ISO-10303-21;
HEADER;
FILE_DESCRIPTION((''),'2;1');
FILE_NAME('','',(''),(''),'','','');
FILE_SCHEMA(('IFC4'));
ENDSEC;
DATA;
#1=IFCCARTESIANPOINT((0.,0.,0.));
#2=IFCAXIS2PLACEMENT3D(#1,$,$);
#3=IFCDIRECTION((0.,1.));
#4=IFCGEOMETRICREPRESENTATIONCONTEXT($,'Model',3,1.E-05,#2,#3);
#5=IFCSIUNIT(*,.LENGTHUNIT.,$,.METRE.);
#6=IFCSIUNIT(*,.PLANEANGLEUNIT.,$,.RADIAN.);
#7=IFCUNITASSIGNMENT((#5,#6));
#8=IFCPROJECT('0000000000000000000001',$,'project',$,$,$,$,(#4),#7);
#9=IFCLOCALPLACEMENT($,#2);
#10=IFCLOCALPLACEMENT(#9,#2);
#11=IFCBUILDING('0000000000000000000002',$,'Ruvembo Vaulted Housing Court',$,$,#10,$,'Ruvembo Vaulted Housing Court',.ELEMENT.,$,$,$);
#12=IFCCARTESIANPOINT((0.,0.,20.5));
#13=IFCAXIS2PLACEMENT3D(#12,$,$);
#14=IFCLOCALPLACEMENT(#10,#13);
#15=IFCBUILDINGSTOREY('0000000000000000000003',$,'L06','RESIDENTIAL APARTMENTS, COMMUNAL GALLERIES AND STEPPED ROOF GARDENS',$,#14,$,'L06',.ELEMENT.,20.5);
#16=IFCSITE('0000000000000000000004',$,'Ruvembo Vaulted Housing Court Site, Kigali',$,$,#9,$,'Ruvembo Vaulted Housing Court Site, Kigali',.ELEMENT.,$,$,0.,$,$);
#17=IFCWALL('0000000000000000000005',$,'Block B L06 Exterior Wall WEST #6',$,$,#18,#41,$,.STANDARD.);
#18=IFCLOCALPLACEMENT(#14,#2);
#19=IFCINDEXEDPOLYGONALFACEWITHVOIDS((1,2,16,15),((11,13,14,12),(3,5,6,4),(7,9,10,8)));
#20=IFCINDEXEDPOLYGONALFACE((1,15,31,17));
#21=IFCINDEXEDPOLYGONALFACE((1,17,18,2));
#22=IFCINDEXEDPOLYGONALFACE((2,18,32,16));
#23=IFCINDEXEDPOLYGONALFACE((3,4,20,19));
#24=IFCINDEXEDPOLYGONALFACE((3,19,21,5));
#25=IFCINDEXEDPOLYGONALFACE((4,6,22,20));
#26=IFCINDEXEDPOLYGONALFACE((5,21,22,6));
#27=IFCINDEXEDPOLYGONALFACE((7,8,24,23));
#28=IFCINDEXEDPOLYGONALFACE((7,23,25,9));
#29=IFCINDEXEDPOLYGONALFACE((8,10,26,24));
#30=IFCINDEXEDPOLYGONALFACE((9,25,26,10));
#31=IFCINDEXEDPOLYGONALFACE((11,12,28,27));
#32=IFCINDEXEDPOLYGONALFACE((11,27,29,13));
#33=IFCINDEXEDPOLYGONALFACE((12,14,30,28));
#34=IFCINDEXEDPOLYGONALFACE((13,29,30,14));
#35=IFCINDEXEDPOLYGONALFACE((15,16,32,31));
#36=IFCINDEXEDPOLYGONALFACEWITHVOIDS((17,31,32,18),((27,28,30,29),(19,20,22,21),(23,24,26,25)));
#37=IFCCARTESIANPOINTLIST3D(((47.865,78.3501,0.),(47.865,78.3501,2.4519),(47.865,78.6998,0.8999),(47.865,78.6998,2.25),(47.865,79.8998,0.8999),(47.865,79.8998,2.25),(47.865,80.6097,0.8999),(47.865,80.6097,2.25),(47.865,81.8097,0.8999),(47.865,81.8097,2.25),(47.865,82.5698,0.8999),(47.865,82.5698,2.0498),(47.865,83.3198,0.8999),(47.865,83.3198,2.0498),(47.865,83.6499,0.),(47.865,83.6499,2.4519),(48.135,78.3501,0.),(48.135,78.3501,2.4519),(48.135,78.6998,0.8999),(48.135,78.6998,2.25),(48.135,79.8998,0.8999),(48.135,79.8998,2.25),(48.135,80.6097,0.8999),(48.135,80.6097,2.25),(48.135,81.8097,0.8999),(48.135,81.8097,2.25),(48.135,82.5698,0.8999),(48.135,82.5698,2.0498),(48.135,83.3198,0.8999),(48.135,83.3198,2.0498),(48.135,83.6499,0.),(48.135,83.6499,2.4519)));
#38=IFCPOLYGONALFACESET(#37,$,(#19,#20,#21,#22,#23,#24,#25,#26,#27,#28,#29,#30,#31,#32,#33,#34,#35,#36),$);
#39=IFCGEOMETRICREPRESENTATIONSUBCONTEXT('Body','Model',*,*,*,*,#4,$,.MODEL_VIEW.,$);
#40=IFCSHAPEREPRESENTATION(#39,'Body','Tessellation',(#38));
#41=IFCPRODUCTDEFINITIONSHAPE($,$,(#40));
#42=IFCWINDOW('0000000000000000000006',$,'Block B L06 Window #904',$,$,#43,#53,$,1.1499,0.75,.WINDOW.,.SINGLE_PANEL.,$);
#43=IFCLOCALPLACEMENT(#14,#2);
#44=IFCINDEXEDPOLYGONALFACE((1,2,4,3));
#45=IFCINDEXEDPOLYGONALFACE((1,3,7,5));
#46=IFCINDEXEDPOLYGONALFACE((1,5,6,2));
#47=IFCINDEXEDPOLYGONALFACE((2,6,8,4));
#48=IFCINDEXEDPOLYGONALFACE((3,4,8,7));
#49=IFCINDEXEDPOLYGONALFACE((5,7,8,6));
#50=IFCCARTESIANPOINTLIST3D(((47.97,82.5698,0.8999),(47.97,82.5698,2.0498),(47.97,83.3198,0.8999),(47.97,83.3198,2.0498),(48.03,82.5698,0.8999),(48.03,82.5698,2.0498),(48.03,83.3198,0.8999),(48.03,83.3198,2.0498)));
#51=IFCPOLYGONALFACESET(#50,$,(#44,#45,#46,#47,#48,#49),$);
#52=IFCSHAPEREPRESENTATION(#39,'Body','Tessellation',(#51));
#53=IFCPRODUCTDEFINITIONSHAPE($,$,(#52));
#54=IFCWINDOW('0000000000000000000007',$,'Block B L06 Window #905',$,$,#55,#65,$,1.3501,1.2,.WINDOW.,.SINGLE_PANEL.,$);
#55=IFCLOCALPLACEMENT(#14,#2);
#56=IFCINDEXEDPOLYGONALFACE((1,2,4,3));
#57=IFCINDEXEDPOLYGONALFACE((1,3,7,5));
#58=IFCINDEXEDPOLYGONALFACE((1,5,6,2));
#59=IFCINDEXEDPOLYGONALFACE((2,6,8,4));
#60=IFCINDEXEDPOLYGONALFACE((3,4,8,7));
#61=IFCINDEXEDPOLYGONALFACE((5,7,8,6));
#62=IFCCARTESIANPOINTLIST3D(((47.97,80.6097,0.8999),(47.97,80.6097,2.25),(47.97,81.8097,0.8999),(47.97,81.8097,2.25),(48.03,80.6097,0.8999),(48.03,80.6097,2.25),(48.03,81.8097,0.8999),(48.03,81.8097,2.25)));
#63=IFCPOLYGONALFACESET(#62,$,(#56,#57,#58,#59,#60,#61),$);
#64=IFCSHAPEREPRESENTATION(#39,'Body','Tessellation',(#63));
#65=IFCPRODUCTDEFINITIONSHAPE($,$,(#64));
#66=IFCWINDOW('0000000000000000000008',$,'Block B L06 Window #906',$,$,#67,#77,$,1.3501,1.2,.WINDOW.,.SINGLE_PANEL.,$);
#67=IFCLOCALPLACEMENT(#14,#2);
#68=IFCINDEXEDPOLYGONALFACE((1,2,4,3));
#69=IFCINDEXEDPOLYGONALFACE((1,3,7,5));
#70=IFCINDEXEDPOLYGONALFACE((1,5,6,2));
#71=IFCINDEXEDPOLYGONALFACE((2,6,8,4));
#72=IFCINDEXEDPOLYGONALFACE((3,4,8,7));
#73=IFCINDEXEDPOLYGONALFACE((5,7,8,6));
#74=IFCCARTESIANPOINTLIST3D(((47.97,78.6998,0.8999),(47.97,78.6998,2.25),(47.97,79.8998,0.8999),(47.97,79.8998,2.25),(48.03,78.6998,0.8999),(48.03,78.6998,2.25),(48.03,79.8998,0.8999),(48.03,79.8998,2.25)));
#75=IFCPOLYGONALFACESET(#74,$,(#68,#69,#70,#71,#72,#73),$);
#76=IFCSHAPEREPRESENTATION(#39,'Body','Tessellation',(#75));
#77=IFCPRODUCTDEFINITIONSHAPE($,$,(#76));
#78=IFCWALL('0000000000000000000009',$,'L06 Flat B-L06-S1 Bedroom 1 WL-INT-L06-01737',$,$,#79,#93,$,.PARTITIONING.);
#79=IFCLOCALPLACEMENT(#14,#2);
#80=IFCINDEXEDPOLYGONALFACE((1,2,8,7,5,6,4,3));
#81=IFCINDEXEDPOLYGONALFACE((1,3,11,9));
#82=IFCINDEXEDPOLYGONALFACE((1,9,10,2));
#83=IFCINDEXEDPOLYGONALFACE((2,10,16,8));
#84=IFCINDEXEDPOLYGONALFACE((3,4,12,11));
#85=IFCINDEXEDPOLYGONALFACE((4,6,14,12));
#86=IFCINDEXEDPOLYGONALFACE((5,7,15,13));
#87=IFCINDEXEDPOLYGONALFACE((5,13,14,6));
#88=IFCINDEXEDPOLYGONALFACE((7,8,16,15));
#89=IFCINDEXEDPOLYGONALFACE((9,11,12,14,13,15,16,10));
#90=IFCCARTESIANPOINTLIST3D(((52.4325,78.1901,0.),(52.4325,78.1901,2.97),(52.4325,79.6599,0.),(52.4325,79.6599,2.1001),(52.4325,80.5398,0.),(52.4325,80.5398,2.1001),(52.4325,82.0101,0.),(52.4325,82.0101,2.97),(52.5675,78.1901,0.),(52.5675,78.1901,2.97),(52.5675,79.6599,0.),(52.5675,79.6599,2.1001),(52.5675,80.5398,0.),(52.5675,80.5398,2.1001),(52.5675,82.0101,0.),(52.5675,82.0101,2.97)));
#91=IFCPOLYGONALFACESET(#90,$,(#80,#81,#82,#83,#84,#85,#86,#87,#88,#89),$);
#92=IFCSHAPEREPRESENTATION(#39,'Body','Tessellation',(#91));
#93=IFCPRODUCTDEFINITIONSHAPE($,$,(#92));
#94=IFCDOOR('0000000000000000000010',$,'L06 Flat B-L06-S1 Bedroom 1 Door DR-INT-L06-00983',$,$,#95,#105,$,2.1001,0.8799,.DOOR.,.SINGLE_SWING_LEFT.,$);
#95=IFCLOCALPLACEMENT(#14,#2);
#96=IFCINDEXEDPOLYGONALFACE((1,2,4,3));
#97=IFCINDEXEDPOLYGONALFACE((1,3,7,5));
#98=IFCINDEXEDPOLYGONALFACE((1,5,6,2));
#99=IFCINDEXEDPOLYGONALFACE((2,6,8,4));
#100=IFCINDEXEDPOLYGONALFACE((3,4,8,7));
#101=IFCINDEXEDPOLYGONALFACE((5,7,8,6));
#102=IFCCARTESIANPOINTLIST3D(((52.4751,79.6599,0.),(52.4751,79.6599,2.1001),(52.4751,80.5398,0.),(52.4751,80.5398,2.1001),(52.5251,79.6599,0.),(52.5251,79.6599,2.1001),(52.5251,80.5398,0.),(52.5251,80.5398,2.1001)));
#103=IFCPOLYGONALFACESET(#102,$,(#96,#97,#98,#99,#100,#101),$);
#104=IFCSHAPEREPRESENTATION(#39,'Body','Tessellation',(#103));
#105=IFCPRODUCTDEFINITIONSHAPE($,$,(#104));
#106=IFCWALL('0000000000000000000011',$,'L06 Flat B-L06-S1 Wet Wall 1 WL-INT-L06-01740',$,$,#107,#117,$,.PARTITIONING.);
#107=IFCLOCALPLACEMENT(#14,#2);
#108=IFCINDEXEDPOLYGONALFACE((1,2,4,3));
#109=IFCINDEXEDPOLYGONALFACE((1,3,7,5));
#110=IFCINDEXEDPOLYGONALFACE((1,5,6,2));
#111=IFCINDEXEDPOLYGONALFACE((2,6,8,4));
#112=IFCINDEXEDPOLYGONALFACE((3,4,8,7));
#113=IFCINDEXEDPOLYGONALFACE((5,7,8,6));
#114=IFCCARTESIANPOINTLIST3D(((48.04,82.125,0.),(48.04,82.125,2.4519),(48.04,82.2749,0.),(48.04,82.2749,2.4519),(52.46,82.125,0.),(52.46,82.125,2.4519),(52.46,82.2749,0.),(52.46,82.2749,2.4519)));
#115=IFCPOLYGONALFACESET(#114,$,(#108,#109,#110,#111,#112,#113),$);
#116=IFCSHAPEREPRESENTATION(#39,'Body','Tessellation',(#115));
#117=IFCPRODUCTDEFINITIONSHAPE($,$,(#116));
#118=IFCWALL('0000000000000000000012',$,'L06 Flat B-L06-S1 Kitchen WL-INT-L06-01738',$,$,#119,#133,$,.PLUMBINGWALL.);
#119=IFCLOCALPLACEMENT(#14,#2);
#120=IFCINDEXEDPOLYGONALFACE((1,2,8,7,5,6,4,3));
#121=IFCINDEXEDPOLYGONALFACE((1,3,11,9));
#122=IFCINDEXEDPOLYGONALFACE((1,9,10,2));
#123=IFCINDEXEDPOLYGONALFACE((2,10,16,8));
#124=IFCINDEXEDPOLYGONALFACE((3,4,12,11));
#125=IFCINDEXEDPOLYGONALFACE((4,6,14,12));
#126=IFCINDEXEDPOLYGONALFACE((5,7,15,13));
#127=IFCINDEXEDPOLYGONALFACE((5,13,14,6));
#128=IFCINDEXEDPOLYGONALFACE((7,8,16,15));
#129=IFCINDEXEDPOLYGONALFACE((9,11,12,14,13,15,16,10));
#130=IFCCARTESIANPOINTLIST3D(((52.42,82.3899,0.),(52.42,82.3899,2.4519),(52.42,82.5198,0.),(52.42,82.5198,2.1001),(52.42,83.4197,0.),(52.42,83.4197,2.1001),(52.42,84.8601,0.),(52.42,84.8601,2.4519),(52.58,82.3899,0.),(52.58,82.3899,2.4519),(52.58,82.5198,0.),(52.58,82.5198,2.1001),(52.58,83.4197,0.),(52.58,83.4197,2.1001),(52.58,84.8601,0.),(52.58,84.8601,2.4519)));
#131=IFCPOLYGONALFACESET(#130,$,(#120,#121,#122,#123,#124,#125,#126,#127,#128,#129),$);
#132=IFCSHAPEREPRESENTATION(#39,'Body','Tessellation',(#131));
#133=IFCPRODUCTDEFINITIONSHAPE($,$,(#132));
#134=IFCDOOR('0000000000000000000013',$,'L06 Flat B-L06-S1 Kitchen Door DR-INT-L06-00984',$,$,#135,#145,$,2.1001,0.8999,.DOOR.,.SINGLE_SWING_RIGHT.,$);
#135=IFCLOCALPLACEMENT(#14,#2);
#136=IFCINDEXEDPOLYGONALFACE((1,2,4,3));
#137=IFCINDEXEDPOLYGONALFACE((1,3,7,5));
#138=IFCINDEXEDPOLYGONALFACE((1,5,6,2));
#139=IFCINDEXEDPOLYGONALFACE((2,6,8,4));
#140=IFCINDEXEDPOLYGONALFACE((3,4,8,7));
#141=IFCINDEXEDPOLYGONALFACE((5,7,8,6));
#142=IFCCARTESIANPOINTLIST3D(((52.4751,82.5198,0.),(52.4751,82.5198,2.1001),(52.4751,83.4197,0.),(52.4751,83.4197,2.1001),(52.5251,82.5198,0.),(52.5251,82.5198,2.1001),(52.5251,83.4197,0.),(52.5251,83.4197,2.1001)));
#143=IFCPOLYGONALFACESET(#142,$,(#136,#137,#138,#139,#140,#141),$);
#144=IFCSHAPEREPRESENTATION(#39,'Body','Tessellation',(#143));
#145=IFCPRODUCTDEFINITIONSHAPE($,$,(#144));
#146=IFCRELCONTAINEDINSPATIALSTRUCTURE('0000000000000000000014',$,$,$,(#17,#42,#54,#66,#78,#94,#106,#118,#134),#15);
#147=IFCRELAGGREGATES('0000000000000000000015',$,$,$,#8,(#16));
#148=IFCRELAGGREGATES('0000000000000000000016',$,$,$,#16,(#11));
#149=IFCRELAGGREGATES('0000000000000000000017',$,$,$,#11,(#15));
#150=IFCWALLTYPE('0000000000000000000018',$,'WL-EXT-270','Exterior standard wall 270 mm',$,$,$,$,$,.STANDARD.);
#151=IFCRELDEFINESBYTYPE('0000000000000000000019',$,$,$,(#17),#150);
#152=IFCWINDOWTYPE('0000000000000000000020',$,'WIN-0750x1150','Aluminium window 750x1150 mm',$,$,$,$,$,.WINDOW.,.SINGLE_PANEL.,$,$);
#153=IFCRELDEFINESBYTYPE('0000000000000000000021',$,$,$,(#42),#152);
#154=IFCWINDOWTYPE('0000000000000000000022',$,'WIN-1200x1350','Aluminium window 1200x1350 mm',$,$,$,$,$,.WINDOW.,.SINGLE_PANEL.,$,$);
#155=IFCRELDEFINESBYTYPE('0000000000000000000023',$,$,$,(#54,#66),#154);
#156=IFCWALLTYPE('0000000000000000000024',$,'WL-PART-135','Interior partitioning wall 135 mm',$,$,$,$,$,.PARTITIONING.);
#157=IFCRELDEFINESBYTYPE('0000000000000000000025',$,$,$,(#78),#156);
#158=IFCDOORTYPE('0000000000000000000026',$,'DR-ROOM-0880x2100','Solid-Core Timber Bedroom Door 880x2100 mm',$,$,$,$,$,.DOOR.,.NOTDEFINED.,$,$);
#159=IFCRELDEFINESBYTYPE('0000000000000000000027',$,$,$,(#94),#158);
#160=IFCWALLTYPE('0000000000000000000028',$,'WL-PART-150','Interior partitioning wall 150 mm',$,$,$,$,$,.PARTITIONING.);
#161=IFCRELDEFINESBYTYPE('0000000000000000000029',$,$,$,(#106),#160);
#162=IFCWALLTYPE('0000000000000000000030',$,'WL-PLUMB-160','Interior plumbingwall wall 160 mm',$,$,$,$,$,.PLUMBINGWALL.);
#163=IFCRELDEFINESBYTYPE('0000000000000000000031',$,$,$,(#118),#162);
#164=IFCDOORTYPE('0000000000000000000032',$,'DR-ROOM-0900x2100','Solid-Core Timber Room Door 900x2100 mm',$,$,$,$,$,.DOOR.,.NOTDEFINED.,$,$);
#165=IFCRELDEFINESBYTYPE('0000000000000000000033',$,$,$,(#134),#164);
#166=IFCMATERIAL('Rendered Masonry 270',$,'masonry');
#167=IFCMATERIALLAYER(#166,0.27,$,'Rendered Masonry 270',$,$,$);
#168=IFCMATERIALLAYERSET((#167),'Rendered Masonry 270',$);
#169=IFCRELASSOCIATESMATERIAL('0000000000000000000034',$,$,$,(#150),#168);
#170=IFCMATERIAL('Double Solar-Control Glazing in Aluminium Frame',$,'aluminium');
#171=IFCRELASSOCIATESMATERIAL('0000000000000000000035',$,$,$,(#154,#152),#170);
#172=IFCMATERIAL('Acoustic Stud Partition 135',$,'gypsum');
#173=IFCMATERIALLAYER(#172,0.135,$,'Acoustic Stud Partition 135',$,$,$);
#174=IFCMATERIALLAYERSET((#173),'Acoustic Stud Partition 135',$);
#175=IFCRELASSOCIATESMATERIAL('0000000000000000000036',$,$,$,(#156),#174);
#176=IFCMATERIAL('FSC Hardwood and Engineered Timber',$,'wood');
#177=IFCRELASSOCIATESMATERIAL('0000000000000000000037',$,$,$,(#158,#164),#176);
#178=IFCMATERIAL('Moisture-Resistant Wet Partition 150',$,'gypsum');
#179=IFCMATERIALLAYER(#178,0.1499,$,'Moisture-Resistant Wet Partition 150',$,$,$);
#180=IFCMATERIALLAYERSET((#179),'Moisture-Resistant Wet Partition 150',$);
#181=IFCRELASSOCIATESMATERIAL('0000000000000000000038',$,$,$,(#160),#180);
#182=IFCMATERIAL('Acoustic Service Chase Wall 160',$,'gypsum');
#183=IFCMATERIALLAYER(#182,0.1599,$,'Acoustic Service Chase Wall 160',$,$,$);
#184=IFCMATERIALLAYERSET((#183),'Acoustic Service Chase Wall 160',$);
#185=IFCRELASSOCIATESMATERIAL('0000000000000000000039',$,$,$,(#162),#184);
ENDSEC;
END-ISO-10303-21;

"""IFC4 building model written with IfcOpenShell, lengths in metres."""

from ifc_helpers import new_model, si_unit, direction, frame, frame_2d, origin, place, context, subcontext, project, spatial, rectangle, extrude, material, layer, layer_set, type_object, element, fill, save


model = new_model("IFC4")

# Units and contexts
model_context = context("Model", 3, precision=1e-05, world=origin(), true_north=direction((0.0, 1.0)))
body_context = subcontext(model_context, "Body", "Model", "MODEL_VIEW")
ifc_project = project(units=[si_unit("LENGTHUNIT", "METRE"), si_unit("PLANEANGLEUNIT", "RADIAN")], contexts=[model_context])

# Site, building, storey
site_placement = place(None, origin())
site = spatial("IfcSite", under=ifc_project, at=site_placement, Name="Ruvembo Vaulted Housing Court Site, Kigali", LongName="Ruvembo Vaulted Housing Court Site, Kigali", CompositionType="ELEMENT", RefElevation=0.0)
building_placement = place(site_placement, origin())
building = spatial("IfcBuilding", under=site, at=building_placement, Name="Ruvembo Vaulted Housing Court", LongName="Ruvembo Vaulted Housing Court", CompositionType="ELEMENT")
storey_placement = place(building_placement, frame((0.0, 0.0, 20.5)))
storey = spatial("IfcBuildingStorey", under=building, at=storey_placement, Name="L06", Description="RESIDENTIAL APARTMENTS, COMMUNAL GALLERIES AND STEPPED ROOF GARDENS", LongName="L06", CompositionType="ELEMENT", Elevation=20.5)

# Wall, openings, windows
ifc_material_1 = material(Name="Rendered Masonry 270", Category="masonry")
ifc_layer_1 = layer(ifc_material_1, 0.27, Name="Rendered Masonry 270")
ifc_layer_set_1 = layer_set([ifc_layer_1], Name="Rendered Masonry 270")
wall_type_1 = type_object("IfcWallType", Name="WL-EXT-270", Description="Exterior standard wall 270 mm", PredefinedType="STANDARD", material=ifc_layer_set_1)
ifc_material_2 = material(Name="Double Solar-Control Glazing in Aluminium Frame", Category="aluminium")
window_type_1 = type_object("IfcWindowType", Name="WIN-1200x1350", Description="Aluminium window 1200x1350 mm", PartitioningType="SINGLE_PANEL", PredefinedType="WINDOW", material=ifc_material_2)
wall_1_placement = place(storey_placement, frame((48.0, 83.6499, 0.0), z_axis=(0.0, 0.0, 1.0), x_axis=(0.0, -1.0, 0.0)))
wall_1 = element("IfcWall", 1, at=wall_1_placement, inside=storey, type_object=wall_type_1, Name="Block B L06 Exterior Wall WEST #6", PredefinedType="STANDARD", context=body_context, shape_type="SweptSolid", body=[
    extrude(rectangle(XDim=5.2998, YDim=0.27, at=frame_2d((2.6499, 0.0))), origin(), (0.0, 0.0, 1.0), 2.4519),
])
opening_1_placement = place(wall_1_placement, frame((0.3301, 0.0, 0.8999)))
opening_1 = element("IfcOpeningElement", 2, at=opening_1_placement, cuts=wall_1, PredefinedType="OPENING", context=body_context, shape_type="SweptSolid", body=[
    extrude(rectangle(XDim=0.75, YDim=1.1499, at=frame_2d((0.375, 0.575))), frame((0.0, 0.145, 0.0), z_axis=(0.0, -1.0, 0.0), x_axis=(1.0, 0.0, 0.0)), (0.0, 0.0, 1.0), 0.29),
])
opening_2_placement = place(wall_1_placement, frame((1.8401, 0.0, 0.8999)))
opening_2 = element("IfcOpeningElement", 3, at=opening_2_placement, cuts=wall_1, PredefinedType="OPENING", context=body_context, shape_type="SweptSolid", body=[
    extrude(rectangle(XDim=1.2, YDim=1.3501, at=frame_2d((0.6001, 0.675))), frame((0.0, 0.145, 0.0), z_axis=(0.0, -1.0, 0.0), x_axis=(1.0, 0.0, 0.0)), (0.0, 0.0, 1.0), 0.29),
])
opening_3_placement = place(wall_1_placement, frame((3.75, 0.0, 0.8999)))
opening_3 = element("IfcOpeningElement", 4, at=opening_3_placement, cuts=wall_1, PredefinedType="OPENING", context=body_context, shape_type="SweptSolid", body=[
    extrude(rectangle(XDim=1.2, YDim=1.3501, at=frame_2d((0.6001, 0.675))), frame((0.0, 0.145, 0.0), z_axis=(0.0, -1.0, 0.0), x_axis=(1.0, 0.0, 0.0)), (0.0, 0.0, 1.0), 0.29),
])
window_type_2 = type_object("IfcWindowType", Name="WIN-0750x1150", Description="Aluminium window 750x1150 mm", PartitioningType="SINGLE_PANEL", PredefinedType="WINDOW", material=ifc_material_2)
window_1_placement = place(opening_1_placement, origin())
window_1 = element("IfcWindow", 5, at=window_1_placement, inside=storey, type_object=window_type_2, Name="Block B L06 Window #904", OverallHeight=1.1499, OverallWidth=0.75, PartitioningType="SINGLE_PANEL", PredefinedType="WINDOW", context=body_context, shape_type="SweptSolid", body=[
    extrude(rectangle(XDim=0.75, YDim=1.1499, at=frame_2d((0.375, 0.575))), frame((0.0, 0.03, 0.0), z_axis=(0.0, -1.0, 0.0), x_axis=(1.0, 0.0, 0.0)), (0.0, 0.0, 1.0), 0.0601),
])
fill(opening_1, window_1)
window_2_placement = place(opening_2_placement, origin())
window_2 = element("IfcWindow", 6, at=window_2_placement, inside=storey, type_object=window_type_1, Name="Block B L06 Window #905", OverallHeight=1.3501, OverallWidth=1.2, PartitioningType="SINGLE_PANEL", PredefinedType="WINDOW", context=body_context, shape_type="SweptSolid", body=[
    extrude(rectangle(XDim=1.2, YDim=1.3501, at=frame_2d((0.6001, 0.675))), frame((0.0, 0.03, 0.0), z_axis=(0.0, -1.0, 0.0), x_axis=(1.0, 0.0, 0.0)), (0.0, 0.0, 1.0), 0.0601),
])
fill(opening_2, window_2)
window_3_placement = place(opening_3_placement, origin())
window_3 = element("IfcWindow", 7, at=window_3_placement, inside=storey, type_object=window_type_1, Name="Block B L06 Window #906", OverallHeight=1.3501, OverallWidth=1.2, PartitioningType="SINGLE_PANEL", PredefinedType="WINDOW", context=body_context, shape_type="SweptSolid", body=[
    extrude(rectangle(XDim=1.2, YDim=1.3501, at=frame_2d((0.6001, 0.675))), frame((0.0, 0.03, 0.0), z_axis=(0.0, -1.0, 0.0), x_axis=(1.0, 0.0, 0.0)), (0.0, 0.0, 1.0), 0.0601),
])
fill(opening_3, window_3)

# Wall, opening, door
ifc_material_3 = material(Name="Acoustic Stud Partition 135", Category="gypsum")
ifc_layer_2 = layer(ifc_material_3, 0.135, Name="Acoustic Stud Partition 135")
ifc_layer_set_2 = layer_set([ifc_layer_2], Name="Acoustic Stud Partition 135")
wall_type_2 = type_object("IfcWallType", Name="WL-PART-135", Description="Interior partitioning wall 135 mm", PredefinedType="PARTITIONING", material=ifc_layer_set_2)
wall_2_placement = place(storey_placement, frame((52.5, 78.1899, 0.0), z_axis=(0.0, 0.0, 1.0), x_axis=(0.0, 1.0, 0.0)))
wall_2 = element("IfcWall", 8, at=wall_2_placement, inside=storey, type_object=wall_type_2, Name="L06 Flat B-L06-S1 Bedroom 1 WL-INT-L06-01737", PredefinedType="PARTITIONING", context=body_context, shape_type="SweptSolid", body=[
    extrude(rectangle(XDim=3.8201, YDim=0.135, at=frame_2d((1.9102, 0.0))), origin(), (0.0, 0.0, 1.0), 2.97),
])
opening_4_placement = place(wall_2_placement, frame((1.47, 0.0, 0.0)))
opening_4 = element("IfcOpeningElement", 9, at=opening_4_placement, cuts=wall_2, PredefinedType="OPENING", context=body_context, shape_type="SweptSolid", body=[
    extrude(rectangle(XDim=0.8799, YDim=2.1001, at=frame_2d((0.4399, 1.05))), frame((0.0, 0.0774, 0.0), z_axis=(0.0, -1.0, 0.0), x_axis=(1.0, 0.0, 0.0)), (0.0, 0.0, 1.0), 0.155),
])
ifc_material_4 = material(Name="FSC Hardwood and Engineered Timber", Category="wood")
door_type_1 = type_object("IfcDoorType", Name="DR-ROOM-0880x2100", Description="Solid-Core Timber Bedroom Door 880x2100 mm", OperationType="NOTDEFINED", PredefinedType="DOOR", material=ifc_material_4)
door_1_placement = place(opening_4_placement, origin())
door_1 = element("IfcDoor", 10, at=door_1_placement, inside=storey, type_object=door_type_1, Name="L06 Flat B-L06-S1 Bedroom 1 Door DR-INT-L06-00983", OperationType="SINGLE_SWING_LEFT", OverallHeight=2.1001, OverallWidth=0.8799, PredefinedType="DOOR", context=body_context, shape_type="SweptSolid", body=[
    extrude(rectangle(XDim=0.8799, YDim=2.1001, at=frame_2d((0.4399, 1.05))), frame((0.0, 0.0249, 0.0), z_axis=(0.0, -1.0, 0.0), x_axis=(1.0, 0.0, 0.0)), (0.0, 0.0, 1.0), 0.05),
])
fill(opening_4, door_1)

# Wall
ifc_material_5 = material(Name="Moisture-Resistant Wet Partition 150", Category="gypsum")
ifc_layer_3 = layer(ifc_material_5, 0.1499, Name="Moisture-Resistant Wet Partition 150")
ifc_layer_set_3 = layer_set([ifc_layer_3], Name="Moisture-Resistant Wet Partition 150")
wall_type_3 = type_object("IfcWallType", Name="WL-PART-150", Description="Interior partitioning wall 150 mm", PredefinedType="PARTITIONING", material=ifc_layer_set_3)
wall_3_placement = place(storey_placement, frame((48.04, 82.2, 0.0), z_axis=(0.0, 0.0, 1.0), x_axis=(1.0, 0.0, 0.0)))
element("IfcWall", 11, at=wall_3_placement, inside=storey, type_object=wall_type_3, Name="L06 Flat B-L06-S1 Wet Wall 1 WL-INT-L06-01740", PredefinedType="PARTITIONING", context=body_context, shape_type="SweptSolid", body=[
    extrude(rectangle(XDim=4.4199, YDim=0.1499, at=frame_2d((2.21, 0.0))), origin(), (0.0, 0.0, 1.0), 2.4519),
])

# Wall, opening, door
ifc_material_6 = material(Name="Acoustic Service Chase Wall 160", Category="gypsum")
ifc_layer_4 = layer(ifc_material_6, 0.1599, Name="Acoustic Service Chase Wall 160")
ifc_layer_set_4 = layer_set([ifc_layer_4], Name="Acoustic Service Chase Wall 160")
wall_type_4 = type_object("IfcWallType", Name="WL-PLUMB-160", Description="Interior plumbingwall wall 160 mm", PredefinedType="PLUMBINGWALL", material=ifc_layer_set_4)
wall_4_placement = place(storey_placement, frame((52.5, 82.3899, 0.0), z_axis=(0.0, 0.0, 1.0), x_axis=(0.0, 1.0, 0.0)))
wall_4 = element("IfcWall", 12, at=wall_4_placement, inside=storey, type_object=wall_type_4, Name="L06 Flat B-L06-S1 Kitchen WL-INT-L06-01738", PredefinedType="PLUMBINGWALL", context=body_context, shape_type="SweptSolid", body=[
    extrude(rectangle(XDim=2.4702, YDim=0.1599, at=frame_2d((1.2351, 0.0))), origin(), (0.0, 0.0, 1.0), 2.4519),
])
opening_5_placement = place(wall_4_placement, frame((0.1299, 0.0, 0.0)))
opening_5 = element("IfcOpeningElement", 13, at=opening_5_placement, cuts=wall_4, PredefinedType="OPENING", context=body_context, shape_type="SweptSolid", body=[
    extrude(rectangle(XDim=0.8999, YDim=2.1001, at=frame_2d((0.45, 1.05))), frame((0.0, 0.0898, 0.0), z_axis=(0.0, -1.0, 0.0), x_axis=(1.0, 0.0, 0.0)), (0.0, 0.0, 1.0), 0.1799),
])
door_type_2 = type_object("IfcDoorType", Name="DR-ROOM-0900x2100", Description="Solid-Core Timber Room Door 900x2100 mm", OperationType="NOTDEFINED", PredefinedType="DOOR", material=ifc_material_4)
door_2_placement = place(opening_5_placement, origin())
door_2 = element("IfcDoor", 14, at=door_2_placement, inside=storey, type_object=door_type_2, Name="L06 Flat B-L06-S1 Kitchen Door DR-INT-L06-00984", OperationType="SINGLE_SWING_RIGHT", OverallHeight=2.1001, OverallWidth=0.8999, PredefinedType="DOOR", context=body_context, shape_type="SweptSolid", body=[
    extrude(rectangle(XDim=0.8999, YDim=2.1001, at=frame_2d((0.45, 1.05))), frame((0.0, 0.0249, 0.0), z_axis=(0.0, -1.0, 0.0), x_axis=(1.0, 0.0, 0.0)), (0.0, 0.0, 1.0), 0.05),
])
fill(opening_5, door_2)

save(model, "model.ifc")
